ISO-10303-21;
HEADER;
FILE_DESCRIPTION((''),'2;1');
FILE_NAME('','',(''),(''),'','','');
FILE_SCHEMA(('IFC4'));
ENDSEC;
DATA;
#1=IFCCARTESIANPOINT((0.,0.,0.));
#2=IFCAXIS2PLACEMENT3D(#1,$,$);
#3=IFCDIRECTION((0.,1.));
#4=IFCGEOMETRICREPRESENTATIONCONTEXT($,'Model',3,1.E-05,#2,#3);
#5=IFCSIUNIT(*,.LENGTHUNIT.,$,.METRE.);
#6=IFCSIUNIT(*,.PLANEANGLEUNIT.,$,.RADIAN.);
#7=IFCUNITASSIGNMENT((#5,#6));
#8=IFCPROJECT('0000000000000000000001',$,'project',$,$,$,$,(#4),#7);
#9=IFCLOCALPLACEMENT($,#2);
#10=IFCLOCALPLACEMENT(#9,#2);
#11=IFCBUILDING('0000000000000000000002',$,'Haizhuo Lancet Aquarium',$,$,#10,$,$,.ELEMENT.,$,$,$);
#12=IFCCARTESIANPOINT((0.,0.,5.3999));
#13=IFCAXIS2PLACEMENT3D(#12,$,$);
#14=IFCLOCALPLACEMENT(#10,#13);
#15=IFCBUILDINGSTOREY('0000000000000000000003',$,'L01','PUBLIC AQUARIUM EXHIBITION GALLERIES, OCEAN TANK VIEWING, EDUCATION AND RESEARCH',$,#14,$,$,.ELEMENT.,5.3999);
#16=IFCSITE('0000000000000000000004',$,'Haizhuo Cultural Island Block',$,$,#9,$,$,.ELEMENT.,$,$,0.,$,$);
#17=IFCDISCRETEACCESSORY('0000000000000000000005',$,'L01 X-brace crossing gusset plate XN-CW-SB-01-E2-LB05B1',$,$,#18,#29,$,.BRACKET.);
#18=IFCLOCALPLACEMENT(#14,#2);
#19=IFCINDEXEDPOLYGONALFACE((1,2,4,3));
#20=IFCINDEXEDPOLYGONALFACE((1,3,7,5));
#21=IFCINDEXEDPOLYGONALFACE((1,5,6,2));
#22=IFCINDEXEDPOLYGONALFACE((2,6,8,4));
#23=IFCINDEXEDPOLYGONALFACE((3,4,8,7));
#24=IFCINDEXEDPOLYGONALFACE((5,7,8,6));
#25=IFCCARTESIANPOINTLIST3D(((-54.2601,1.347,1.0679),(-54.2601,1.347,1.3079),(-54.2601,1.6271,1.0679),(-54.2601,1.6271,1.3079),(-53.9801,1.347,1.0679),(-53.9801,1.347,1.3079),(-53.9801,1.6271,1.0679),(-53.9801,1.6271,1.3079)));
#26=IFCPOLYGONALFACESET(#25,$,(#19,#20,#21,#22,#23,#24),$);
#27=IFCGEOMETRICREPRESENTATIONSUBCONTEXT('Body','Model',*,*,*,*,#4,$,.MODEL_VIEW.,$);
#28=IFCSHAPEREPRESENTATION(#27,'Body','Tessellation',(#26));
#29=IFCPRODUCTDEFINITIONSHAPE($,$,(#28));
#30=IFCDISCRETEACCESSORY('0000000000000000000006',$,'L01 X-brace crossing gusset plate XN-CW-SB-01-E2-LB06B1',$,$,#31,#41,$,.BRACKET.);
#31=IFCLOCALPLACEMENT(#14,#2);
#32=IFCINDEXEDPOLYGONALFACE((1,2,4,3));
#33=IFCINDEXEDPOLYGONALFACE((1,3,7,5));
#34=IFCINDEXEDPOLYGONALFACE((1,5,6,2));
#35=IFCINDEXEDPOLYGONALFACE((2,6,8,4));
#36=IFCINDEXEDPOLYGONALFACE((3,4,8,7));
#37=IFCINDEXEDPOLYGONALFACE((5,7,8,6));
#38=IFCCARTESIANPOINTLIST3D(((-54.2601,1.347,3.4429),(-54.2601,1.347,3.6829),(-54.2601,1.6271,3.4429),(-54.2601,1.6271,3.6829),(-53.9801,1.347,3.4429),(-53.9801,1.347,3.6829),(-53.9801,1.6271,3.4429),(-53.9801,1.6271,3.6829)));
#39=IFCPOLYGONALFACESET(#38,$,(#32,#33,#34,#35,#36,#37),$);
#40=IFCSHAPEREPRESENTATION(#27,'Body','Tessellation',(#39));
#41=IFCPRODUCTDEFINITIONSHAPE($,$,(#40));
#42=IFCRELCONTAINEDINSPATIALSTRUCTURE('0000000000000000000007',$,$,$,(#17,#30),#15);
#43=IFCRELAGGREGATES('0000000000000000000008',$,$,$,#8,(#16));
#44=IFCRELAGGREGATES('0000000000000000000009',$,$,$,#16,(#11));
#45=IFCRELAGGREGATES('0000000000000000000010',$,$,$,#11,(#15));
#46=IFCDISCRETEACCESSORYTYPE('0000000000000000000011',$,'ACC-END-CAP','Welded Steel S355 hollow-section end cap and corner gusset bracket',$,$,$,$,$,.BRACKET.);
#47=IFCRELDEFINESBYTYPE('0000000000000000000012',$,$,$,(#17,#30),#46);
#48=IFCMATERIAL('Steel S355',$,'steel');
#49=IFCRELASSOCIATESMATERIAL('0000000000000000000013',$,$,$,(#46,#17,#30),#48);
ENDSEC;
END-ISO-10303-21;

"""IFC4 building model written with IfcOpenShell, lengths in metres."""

from ifc_helpers import new_model, si_unit, direction, frame, origin, origin_2d, place, context, subcontext, project, spatial, rectangle, extrude, material, type_object, element, save


model = new_model("IFC4")

# Units and contexts
model_context = context("Model", 3, precision=1e-05, world=origin(), true_north=direction((0.0, 1.0)))
body_context = subcontext(model_context, "Body", "Model", "MODEL_VIEW")
ifc_project = project(units=[si_unit("LENGTHUNIT", "METRE"), si_unit("PLANEANGLEUNIT", "RADIAN")], contexts=[model_context])

# Site, building, storey
site_placement = place(None, origin())
site = spatial("IfcSite", under=ifc_project, at=site_placement, Name="Haizhuo Cultural Island Block", CompositionType="ELEMENT", RefElevation=0.0)
building_placement = place(site_placement, origin())
building = spatial("IfcBuilding", under=site, at=building_placement, Name="Haizhuo Lancet Aquarium", CompositionType="ELEMENT")
storey_placement = place(building_placement, frame((0.0, 0.0, 5.3999)))
storey = spatial("IfcBuildingStorey", under=building, at=storey_placement, Name="L01", Description="PUBLIC AQUARIUM EXHIBITION GALLERIES, OCEAN TANK VIEWING, EDUCATION AND RESEARCH", CompositionType="ELEMENT", Elevation=5.3999)

# Shared definitions
ifc_material_1 = material(Name="Steel S355", Category="steel")

# Discrete accessories
discrete_accessory_type = type_object("IfcDiscreteAccessoryType", Name="ACC-END-CAP", Description="Welded Steel S355 hollow-section end cap and corner gusset bracket", PredefinedType="BRACKET", material=ifc_material_1)
for number, where, z_axis, x_axis, name in (
    (1, (-54.1201, 1.4871, 1.0679), (0.0, 0.0, 1.0), (1.0, 0.0, 0.0), "L01 X-brace crossing gusset plate XN-CW-SB-01-E2-LB05B1"),
    (2, (-54.1201, 1.4871, 3.4429), (0.0, 0.0, 1.0), (1.0, 0.0, 0.0), "L01 X-brace crossing gusset plate XN-CW-SB-01-E2-LB06B1"),
):
    element("IfcDiscreteAccessory", number, at=place(storey_placement, frame(where, z_axis=z_axis, x_axis=x_axis)), inside=storey, type_object=discrete_accessory_type, material=ifc_material_1, Name=name, PredefinedType="BRACKET", context=body_context, shape_type="SweptSolid", body=[
        extrude(rectangle(XDim=0.28, YDim=0.28, at=origin_2d()), origin(), (0.0, 0.0, 1.0), 0.24),
    ])

save(model, "model.ifc")
